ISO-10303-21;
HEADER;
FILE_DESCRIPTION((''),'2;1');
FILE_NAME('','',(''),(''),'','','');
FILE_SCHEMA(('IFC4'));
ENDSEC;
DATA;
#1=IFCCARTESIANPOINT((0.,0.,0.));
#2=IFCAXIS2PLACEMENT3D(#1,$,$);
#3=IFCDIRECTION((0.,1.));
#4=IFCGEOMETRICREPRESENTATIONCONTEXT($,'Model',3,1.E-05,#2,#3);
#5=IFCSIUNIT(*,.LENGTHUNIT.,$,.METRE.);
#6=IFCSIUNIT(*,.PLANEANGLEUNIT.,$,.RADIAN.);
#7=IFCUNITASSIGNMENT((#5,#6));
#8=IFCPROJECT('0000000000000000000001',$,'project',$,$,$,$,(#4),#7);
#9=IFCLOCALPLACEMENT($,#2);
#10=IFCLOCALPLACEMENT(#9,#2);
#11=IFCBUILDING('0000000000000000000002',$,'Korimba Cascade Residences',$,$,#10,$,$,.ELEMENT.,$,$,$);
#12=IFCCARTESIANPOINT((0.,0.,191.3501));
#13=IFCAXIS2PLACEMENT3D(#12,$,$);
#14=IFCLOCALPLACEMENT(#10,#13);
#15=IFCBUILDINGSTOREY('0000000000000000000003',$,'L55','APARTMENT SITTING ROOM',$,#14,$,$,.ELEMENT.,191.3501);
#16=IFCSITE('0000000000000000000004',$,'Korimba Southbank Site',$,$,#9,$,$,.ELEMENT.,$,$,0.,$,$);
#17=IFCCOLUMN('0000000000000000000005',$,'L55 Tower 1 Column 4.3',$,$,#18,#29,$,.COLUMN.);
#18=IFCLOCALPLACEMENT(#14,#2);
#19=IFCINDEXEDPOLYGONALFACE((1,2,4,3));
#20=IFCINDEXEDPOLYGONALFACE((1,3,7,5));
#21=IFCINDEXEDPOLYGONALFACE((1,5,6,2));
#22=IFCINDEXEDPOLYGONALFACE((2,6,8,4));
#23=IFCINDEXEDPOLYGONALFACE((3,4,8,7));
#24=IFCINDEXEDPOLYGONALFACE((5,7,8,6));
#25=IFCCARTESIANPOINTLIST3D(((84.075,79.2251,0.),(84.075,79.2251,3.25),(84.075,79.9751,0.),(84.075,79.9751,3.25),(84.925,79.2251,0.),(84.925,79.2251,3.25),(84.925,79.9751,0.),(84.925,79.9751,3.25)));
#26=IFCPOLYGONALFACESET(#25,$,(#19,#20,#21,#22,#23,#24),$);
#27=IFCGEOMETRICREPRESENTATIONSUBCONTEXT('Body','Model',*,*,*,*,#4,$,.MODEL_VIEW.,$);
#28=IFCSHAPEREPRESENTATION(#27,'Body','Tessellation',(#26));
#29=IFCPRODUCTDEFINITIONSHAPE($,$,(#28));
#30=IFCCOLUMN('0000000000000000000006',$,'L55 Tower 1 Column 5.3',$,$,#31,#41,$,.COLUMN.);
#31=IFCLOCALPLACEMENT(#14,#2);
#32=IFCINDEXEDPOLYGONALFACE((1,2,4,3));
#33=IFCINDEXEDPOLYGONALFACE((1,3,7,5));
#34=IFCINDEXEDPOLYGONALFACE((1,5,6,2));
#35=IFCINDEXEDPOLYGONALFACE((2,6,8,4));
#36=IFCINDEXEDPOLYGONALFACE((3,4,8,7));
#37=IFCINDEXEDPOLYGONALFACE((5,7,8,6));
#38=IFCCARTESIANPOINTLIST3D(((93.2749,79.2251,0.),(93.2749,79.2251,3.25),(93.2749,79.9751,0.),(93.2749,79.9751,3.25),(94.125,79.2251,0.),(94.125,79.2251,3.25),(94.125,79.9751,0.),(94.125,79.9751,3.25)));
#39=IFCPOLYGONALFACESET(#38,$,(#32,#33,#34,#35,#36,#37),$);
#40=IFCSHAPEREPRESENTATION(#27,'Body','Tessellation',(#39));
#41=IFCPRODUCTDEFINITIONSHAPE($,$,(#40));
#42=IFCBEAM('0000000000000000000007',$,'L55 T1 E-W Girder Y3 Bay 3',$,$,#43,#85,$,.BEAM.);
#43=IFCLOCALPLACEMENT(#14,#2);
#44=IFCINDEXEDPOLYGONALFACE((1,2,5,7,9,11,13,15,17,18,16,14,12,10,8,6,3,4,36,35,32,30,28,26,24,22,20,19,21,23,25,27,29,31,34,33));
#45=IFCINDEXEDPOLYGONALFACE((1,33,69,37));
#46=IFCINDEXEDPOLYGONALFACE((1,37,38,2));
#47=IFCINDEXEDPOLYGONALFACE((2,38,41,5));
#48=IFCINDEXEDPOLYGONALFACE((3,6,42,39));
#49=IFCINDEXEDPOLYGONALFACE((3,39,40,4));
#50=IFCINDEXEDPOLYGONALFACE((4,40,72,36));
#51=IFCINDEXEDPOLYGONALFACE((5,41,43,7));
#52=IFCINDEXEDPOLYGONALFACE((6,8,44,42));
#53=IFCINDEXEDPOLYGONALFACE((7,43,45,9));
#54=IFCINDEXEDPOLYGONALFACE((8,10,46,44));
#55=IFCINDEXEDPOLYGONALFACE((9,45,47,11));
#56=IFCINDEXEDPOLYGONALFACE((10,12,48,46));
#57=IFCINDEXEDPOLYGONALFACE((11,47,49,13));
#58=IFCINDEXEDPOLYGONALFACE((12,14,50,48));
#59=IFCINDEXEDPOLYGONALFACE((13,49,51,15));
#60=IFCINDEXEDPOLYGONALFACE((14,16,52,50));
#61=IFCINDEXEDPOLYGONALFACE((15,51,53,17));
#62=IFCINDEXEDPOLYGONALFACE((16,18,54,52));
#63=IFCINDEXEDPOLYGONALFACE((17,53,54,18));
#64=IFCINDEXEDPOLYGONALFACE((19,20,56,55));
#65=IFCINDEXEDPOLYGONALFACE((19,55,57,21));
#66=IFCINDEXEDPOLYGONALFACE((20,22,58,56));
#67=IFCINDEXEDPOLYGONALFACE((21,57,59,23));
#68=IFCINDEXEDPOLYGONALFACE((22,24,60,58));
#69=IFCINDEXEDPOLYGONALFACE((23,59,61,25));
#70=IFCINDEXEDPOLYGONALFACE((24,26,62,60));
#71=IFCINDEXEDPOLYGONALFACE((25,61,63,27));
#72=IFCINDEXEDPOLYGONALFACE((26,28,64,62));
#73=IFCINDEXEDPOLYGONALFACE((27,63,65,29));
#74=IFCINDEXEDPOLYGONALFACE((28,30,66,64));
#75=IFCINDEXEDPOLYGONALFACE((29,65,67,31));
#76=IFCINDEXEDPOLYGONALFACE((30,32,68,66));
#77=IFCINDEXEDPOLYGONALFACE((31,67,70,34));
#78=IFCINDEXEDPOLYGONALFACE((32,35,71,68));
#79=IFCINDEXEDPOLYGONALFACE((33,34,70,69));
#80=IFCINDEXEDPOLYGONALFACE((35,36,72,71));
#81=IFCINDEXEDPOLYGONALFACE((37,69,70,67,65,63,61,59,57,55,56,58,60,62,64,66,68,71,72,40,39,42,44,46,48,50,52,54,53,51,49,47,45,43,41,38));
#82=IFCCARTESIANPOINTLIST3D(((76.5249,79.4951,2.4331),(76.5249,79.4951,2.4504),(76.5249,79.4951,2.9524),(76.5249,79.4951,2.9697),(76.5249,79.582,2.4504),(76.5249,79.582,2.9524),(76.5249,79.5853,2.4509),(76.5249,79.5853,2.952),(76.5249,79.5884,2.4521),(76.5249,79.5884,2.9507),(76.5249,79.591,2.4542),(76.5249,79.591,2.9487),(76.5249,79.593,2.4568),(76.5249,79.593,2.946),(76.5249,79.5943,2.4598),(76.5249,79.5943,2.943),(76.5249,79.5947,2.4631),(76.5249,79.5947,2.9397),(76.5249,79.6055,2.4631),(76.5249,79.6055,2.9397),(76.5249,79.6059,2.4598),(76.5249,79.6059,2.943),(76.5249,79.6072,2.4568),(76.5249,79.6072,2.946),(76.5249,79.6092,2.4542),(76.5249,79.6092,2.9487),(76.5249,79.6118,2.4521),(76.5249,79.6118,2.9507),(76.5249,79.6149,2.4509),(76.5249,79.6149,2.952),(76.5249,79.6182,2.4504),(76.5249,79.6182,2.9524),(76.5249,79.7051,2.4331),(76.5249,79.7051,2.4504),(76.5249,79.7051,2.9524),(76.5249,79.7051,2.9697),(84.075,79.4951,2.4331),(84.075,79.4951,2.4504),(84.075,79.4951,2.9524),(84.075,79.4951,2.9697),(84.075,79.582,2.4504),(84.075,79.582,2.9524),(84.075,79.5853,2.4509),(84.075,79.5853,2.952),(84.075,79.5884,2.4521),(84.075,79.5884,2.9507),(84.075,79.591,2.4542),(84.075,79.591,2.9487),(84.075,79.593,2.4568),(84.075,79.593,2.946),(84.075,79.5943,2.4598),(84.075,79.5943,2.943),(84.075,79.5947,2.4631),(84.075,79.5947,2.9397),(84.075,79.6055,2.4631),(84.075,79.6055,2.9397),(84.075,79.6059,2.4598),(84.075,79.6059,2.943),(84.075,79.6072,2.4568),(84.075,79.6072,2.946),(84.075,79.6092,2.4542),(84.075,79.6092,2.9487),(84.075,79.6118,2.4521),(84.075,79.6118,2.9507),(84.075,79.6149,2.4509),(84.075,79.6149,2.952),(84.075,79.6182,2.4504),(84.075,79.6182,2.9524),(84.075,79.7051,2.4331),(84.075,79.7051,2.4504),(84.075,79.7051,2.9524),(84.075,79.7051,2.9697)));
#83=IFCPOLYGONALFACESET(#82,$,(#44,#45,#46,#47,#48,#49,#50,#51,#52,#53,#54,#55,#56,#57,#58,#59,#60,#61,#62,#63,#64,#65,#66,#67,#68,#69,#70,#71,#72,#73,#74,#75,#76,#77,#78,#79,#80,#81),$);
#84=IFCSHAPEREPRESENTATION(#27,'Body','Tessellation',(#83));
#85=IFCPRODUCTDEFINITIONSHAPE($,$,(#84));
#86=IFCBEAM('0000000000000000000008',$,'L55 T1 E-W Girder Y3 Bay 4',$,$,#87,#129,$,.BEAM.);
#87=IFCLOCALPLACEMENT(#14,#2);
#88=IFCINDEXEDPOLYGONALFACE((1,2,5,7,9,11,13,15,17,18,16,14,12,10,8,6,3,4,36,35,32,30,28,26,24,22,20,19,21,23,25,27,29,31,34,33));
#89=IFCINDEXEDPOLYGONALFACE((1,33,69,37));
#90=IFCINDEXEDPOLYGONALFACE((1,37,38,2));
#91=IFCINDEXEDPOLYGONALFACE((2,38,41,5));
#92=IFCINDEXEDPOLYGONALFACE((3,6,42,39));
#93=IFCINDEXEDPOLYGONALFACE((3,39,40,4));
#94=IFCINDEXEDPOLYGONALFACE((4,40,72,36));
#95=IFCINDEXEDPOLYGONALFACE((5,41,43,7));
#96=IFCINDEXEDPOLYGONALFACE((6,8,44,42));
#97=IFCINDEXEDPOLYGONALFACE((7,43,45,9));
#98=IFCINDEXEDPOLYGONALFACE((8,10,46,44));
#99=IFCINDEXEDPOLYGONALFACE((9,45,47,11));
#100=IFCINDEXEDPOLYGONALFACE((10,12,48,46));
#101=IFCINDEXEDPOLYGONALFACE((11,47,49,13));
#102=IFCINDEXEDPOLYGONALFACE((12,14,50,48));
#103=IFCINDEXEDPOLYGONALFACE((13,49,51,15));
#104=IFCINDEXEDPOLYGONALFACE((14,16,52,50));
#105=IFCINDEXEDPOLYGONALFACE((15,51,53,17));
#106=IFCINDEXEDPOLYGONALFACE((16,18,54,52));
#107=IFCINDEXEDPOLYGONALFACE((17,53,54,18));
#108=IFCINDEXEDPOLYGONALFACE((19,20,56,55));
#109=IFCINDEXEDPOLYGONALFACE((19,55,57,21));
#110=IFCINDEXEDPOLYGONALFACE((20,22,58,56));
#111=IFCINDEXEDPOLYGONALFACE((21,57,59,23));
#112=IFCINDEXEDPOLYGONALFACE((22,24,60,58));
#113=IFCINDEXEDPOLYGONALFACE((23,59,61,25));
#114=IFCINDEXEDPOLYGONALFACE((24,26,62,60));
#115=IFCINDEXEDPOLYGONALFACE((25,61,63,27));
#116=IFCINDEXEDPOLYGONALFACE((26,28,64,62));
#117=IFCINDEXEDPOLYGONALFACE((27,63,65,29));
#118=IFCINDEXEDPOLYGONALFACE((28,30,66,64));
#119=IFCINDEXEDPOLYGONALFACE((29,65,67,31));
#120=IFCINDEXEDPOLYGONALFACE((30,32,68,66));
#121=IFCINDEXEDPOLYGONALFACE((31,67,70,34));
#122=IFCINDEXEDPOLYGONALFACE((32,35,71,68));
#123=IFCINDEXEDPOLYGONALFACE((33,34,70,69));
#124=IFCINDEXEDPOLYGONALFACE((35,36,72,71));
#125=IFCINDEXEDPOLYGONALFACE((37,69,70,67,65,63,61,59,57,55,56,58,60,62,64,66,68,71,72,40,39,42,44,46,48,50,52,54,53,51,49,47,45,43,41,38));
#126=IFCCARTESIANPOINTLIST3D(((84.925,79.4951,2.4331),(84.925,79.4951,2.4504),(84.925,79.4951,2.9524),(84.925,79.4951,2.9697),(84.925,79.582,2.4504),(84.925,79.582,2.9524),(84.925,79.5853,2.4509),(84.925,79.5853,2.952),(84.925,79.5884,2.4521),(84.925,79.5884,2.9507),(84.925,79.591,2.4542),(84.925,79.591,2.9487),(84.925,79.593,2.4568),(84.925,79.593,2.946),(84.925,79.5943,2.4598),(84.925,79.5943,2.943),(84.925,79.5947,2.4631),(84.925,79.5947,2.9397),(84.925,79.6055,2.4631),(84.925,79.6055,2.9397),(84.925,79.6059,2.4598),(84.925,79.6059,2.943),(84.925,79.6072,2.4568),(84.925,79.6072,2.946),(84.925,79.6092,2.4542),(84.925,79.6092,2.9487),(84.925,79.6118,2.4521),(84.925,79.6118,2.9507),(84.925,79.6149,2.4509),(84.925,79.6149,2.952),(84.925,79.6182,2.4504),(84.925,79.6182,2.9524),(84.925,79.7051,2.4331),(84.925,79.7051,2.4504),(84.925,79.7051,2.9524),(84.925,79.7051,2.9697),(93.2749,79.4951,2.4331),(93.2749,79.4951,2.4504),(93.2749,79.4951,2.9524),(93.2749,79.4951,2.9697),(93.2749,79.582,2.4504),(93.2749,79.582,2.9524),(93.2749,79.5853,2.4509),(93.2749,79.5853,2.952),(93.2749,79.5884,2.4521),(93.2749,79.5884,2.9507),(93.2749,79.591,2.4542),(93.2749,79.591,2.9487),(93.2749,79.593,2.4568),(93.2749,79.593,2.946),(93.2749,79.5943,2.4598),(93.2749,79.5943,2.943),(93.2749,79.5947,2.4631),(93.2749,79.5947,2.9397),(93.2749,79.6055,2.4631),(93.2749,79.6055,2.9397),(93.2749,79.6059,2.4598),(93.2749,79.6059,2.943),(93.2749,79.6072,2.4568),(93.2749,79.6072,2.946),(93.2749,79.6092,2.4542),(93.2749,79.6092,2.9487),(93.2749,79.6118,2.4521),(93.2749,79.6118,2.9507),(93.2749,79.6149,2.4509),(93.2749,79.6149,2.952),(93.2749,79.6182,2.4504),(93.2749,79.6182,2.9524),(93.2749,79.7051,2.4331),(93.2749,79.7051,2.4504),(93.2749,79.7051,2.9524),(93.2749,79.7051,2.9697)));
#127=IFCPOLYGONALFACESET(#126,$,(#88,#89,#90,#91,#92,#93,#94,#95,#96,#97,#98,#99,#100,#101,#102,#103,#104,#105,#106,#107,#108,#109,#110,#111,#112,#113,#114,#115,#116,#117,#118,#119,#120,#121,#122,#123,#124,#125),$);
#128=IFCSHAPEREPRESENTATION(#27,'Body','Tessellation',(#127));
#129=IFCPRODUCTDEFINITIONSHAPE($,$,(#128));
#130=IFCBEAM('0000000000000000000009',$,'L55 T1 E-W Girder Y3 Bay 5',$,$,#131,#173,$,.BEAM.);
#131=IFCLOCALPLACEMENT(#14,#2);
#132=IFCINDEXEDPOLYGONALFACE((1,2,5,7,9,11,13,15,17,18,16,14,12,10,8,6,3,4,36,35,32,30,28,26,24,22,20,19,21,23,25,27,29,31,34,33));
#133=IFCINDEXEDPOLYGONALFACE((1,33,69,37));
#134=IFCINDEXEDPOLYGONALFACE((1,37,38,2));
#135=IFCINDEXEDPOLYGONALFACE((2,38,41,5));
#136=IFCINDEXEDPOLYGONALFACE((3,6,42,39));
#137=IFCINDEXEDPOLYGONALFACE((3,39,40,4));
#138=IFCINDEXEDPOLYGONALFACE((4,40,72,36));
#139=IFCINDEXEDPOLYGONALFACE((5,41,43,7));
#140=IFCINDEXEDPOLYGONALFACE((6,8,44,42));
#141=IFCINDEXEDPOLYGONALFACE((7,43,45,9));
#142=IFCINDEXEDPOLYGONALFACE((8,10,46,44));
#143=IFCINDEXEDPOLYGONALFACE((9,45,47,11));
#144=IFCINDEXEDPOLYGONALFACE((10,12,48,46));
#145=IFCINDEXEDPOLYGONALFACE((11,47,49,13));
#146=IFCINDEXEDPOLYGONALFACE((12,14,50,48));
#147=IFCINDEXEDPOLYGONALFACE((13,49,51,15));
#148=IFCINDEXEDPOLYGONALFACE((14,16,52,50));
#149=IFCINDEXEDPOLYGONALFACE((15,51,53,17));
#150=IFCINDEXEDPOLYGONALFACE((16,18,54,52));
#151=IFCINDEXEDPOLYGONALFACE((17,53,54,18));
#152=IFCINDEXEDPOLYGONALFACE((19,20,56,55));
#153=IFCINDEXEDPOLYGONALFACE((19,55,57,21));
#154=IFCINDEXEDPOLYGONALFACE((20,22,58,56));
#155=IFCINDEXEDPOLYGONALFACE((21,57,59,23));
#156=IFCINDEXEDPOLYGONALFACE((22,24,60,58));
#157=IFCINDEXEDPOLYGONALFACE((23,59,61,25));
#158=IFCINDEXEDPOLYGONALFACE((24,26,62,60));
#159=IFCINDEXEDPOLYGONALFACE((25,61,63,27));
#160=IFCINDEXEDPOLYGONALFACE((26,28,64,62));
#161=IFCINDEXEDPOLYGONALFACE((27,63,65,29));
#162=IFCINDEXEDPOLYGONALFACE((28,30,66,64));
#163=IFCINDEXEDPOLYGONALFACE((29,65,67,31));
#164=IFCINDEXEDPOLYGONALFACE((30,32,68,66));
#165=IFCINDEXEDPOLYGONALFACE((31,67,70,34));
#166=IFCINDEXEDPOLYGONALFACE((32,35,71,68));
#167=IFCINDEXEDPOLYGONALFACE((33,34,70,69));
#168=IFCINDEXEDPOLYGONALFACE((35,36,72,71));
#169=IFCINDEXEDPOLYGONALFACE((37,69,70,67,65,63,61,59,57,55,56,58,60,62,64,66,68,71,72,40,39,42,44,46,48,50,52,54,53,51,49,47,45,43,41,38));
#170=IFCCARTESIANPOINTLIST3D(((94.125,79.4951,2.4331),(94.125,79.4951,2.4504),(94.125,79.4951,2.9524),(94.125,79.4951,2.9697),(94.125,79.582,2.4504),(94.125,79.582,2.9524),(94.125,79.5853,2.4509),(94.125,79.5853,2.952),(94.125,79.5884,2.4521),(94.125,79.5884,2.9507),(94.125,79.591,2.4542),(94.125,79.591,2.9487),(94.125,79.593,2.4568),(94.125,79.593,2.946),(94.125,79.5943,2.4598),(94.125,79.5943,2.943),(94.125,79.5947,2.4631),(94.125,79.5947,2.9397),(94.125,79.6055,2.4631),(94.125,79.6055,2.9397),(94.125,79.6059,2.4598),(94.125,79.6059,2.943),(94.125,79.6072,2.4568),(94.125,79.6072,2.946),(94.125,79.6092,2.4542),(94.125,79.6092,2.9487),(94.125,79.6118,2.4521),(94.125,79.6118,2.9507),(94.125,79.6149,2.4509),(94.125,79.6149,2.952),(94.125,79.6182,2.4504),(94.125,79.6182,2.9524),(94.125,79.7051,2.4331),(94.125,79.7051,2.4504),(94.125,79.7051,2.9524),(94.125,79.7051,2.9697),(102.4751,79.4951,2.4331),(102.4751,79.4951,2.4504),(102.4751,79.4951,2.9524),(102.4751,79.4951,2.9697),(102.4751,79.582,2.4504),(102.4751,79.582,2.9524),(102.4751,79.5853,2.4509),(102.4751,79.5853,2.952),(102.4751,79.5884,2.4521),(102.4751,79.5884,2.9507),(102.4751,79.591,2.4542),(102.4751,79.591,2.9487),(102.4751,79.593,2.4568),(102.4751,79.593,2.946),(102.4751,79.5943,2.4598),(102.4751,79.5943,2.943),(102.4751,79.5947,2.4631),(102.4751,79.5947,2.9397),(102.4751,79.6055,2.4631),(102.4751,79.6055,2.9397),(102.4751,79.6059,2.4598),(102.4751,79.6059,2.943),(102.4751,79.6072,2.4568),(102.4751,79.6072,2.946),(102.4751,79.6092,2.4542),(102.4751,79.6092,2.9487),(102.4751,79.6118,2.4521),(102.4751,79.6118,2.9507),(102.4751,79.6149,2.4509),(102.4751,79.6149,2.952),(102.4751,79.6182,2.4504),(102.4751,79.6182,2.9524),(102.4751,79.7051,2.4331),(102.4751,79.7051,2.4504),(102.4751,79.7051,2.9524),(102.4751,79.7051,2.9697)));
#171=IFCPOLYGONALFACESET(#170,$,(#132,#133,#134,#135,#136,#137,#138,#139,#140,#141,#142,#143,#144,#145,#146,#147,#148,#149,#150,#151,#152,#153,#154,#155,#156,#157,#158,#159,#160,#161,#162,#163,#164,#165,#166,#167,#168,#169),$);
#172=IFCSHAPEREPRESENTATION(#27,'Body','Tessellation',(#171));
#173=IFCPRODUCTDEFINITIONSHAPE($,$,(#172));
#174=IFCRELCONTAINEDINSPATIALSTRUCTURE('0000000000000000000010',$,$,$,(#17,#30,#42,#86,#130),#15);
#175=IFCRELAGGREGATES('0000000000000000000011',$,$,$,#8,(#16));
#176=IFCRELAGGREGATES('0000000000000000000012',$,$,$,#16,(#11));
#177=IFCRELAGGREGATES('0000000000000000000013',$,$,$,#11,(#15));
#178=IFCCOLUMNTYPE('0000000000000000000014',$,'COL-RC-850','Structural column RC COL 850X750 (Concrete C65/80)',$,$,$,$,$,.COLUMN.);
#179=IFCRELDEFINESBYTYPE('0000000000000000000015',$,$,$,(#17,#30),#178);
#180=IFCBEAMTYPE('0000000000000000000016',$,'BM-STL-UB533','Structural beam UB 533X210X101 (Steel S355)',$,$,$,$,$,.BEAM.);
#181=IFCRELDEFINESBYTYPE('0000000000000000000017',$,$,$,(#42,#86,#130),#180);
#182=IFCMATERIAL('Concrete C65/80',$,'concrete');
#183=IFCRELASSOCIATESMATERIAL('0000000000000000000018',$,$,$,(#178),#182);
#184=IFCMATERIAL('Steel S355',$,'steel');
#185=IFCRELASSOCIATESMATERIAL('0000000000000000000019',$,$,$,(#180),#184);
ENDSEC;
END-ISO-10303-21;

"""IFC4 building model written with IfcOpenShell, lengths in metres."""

from ifc_helpers import new_model, si_unit, direction, frame, origin, origin_2d, place, context, subcontext, project, spatial, rectangle, i_section, extrude, material, material_profile, profile_set, type_object, element, save


model = new_model("IFC4")

# Units and contexts
model_context = context("Model", 3, precision=1e-05, world=origin(), true_north=direction((0.0, 1.0)))
body_context = subcontext(model_context, "Body", "Model", "MODEL_VIEW")
ifc_project = project(units=[si_unit("LENGTHUNIT", "METRE"), si_unit("PLANEANGLEUNIT", "RADIAN")], contexts=[model_context])

# Site, building, storey
site_placement = place(None, origin())
site = spatial("IfcSite", under=ifc_project, at=site_placement, Name="Korimba Southbank Site", CompositionType="ELEMENT", RefElevation=0.0)
building_placement = place(site_placement, origin())
building = spatial("IfcBuilding", under=site, at=building_placement, Name="Korimba Cascade Residences", CompositionType="ELEMENT")
storey_placement = place(building_placement, frame((0.0, 0.0, 191.3501)))
storey = spatial("IfcBuildingStorey", under=building, at=storey_placement, Name="L55", Description="APARTMENT SITTING ROOM", CompositionType="ELEMENT", Elevation=191.3501)

# Columns
ifc_material_1 = material(Name="Concrete C65/80", Category="concrete")
ifc_material_profile_1 = material_profile(ifc_material_1, rectangle(XDim=0.8501, YDim=0.75, at=origin_2d()), Name="Concrete C65/80")
ifc_profile_set_1 = profile_set([ifc_material_profile_1], Name="Concrete C65/80")
column_type = type_object("IfcColumnType", Name="COL-RC-850", Description="Structural column RC COL 850X750 (Concrete C65/80)", PredefinedType="COLUMN", material=ifc_profile_set_1)
for number, where, z_axis, x_axis, name in (
    (1, (84.5, 79.6001, 0.0), (0.0, 0.0, 1.0), (1.0, 0.0, 0.0), "L55 Tower 1 Column 4.3"),
    (2, (93.7, 79.6001, 0.0), (0.0, 0.0, 1.0), (1.0, 0.0, 0.0), "L55 Tower 1 Column 5.3"),
):
    element("IfcColumn", number, at=place(storey_placement, frame(where, z_axis=z_axis, x_axis=x_axis)), inside=storey, type_object=column_type, Name=name, PredefinedType="COLUMN", context=body_context, shape_type="SweptSolid", body=[
        extrude(rectangle(XDim=0.8501, YDim=0.75, at=origin_2d()), origin(), (0.0, 0.0, 1.0), 3.25),
    ])

# Beams
ifc_material_2 = material(Name="Steel S355", Category="steel")
ifc_material_profile_2 = material_profile(ifc_material_2, i_section(OverallWidth=0.21, OverallDepth=0.5366, WebThickness=0.0107, FlangeThickness=0.0173, FilletRadius=0.0127, at=origin_2d()), Name="Steel S355")
ifc_profile_set_2 = profile_set([ifc_material_profile_2], Name="Steel S355")
beam_type_1 = type_object("IfcBeamType", Name="BM-STL-UB533", Description="Structural beam UB 533X210X101 (Steel S355)", PredefinedType="BEAM", material=ifc_profile_set_2)
beam_1_placement = place(storey_placement, frame((76.5249, 79.6001, 2.7014), z_axis=(1.0, 0.0, 0.0), x_axis=(0.0, 1.0, 0.0)))
element("IfcBeam", 3, at=beam_1_placement, inside=storey, type_object=beam_type_1, Name="L55 T1 E-W Girder Y3 Bay 3", PredefinedType="BEAM", context=body_context, shape_type="SweptSolid", body=[
    extrude(i_section(OverallWidth=0.21, OverallDepth=0.5366, WebThickness=0.0107, FlangeThickness=0.0173, FilletRadius=0.0127, at=origin_2d()), origin(), (0.0, 0.0, 1.0), 7.55),
])
beam_2_placement = place(storey_placement, frame((84.925, 79.6001, 2.7014), z_axis=(1.0, 0.0, 0.0), x_axis=(0.0, 1.0, 0.0)))
element("IfcBeam", 4, at=beam_2_placement, inside=storey, type_object=beam_type_1, Name="L55 T1 E-W Girder Y3 Bay 4", PredefinedType="BEAM", context=body_context, shape_type="SweptSolid", body=[
    extrude(i_section(OverallWidth=0.21, OverallDepth=0.5366, WebThickness=0.0107, FlangeThickness=0.0173, FilletRadius=0.0127, at=origin_2d()), origin(), (0.0, 0.0, 1.0), 8.3499),
])
beam_3_placement = place(storey_placement, frame((94.125, 79.6001, 2.7014), z_axis=(1.0, 0.0, 0.0), x_axis=(0.0, 1.0, 0.0)))
element("IfcBeam", 5, at=beam_3_placement, inside=storey, type_object=beam_type_1, Name="L55 T1 E-W Girder Y3 Bay 5", PredefinedType="BEAM", context=body_context, shape_type="SweptSolid", body=[
    extrude(i_section(OverallWidth=0.21, OverallDepth=0.5366, WebThickness=0.0107, FlangeThickness=0.0173, FilletRadius=0.0127, at=origin_2d()), origin(), (0.0, 0.0, 1.0), 8.3501),
])

save(model, "model.ifc")
